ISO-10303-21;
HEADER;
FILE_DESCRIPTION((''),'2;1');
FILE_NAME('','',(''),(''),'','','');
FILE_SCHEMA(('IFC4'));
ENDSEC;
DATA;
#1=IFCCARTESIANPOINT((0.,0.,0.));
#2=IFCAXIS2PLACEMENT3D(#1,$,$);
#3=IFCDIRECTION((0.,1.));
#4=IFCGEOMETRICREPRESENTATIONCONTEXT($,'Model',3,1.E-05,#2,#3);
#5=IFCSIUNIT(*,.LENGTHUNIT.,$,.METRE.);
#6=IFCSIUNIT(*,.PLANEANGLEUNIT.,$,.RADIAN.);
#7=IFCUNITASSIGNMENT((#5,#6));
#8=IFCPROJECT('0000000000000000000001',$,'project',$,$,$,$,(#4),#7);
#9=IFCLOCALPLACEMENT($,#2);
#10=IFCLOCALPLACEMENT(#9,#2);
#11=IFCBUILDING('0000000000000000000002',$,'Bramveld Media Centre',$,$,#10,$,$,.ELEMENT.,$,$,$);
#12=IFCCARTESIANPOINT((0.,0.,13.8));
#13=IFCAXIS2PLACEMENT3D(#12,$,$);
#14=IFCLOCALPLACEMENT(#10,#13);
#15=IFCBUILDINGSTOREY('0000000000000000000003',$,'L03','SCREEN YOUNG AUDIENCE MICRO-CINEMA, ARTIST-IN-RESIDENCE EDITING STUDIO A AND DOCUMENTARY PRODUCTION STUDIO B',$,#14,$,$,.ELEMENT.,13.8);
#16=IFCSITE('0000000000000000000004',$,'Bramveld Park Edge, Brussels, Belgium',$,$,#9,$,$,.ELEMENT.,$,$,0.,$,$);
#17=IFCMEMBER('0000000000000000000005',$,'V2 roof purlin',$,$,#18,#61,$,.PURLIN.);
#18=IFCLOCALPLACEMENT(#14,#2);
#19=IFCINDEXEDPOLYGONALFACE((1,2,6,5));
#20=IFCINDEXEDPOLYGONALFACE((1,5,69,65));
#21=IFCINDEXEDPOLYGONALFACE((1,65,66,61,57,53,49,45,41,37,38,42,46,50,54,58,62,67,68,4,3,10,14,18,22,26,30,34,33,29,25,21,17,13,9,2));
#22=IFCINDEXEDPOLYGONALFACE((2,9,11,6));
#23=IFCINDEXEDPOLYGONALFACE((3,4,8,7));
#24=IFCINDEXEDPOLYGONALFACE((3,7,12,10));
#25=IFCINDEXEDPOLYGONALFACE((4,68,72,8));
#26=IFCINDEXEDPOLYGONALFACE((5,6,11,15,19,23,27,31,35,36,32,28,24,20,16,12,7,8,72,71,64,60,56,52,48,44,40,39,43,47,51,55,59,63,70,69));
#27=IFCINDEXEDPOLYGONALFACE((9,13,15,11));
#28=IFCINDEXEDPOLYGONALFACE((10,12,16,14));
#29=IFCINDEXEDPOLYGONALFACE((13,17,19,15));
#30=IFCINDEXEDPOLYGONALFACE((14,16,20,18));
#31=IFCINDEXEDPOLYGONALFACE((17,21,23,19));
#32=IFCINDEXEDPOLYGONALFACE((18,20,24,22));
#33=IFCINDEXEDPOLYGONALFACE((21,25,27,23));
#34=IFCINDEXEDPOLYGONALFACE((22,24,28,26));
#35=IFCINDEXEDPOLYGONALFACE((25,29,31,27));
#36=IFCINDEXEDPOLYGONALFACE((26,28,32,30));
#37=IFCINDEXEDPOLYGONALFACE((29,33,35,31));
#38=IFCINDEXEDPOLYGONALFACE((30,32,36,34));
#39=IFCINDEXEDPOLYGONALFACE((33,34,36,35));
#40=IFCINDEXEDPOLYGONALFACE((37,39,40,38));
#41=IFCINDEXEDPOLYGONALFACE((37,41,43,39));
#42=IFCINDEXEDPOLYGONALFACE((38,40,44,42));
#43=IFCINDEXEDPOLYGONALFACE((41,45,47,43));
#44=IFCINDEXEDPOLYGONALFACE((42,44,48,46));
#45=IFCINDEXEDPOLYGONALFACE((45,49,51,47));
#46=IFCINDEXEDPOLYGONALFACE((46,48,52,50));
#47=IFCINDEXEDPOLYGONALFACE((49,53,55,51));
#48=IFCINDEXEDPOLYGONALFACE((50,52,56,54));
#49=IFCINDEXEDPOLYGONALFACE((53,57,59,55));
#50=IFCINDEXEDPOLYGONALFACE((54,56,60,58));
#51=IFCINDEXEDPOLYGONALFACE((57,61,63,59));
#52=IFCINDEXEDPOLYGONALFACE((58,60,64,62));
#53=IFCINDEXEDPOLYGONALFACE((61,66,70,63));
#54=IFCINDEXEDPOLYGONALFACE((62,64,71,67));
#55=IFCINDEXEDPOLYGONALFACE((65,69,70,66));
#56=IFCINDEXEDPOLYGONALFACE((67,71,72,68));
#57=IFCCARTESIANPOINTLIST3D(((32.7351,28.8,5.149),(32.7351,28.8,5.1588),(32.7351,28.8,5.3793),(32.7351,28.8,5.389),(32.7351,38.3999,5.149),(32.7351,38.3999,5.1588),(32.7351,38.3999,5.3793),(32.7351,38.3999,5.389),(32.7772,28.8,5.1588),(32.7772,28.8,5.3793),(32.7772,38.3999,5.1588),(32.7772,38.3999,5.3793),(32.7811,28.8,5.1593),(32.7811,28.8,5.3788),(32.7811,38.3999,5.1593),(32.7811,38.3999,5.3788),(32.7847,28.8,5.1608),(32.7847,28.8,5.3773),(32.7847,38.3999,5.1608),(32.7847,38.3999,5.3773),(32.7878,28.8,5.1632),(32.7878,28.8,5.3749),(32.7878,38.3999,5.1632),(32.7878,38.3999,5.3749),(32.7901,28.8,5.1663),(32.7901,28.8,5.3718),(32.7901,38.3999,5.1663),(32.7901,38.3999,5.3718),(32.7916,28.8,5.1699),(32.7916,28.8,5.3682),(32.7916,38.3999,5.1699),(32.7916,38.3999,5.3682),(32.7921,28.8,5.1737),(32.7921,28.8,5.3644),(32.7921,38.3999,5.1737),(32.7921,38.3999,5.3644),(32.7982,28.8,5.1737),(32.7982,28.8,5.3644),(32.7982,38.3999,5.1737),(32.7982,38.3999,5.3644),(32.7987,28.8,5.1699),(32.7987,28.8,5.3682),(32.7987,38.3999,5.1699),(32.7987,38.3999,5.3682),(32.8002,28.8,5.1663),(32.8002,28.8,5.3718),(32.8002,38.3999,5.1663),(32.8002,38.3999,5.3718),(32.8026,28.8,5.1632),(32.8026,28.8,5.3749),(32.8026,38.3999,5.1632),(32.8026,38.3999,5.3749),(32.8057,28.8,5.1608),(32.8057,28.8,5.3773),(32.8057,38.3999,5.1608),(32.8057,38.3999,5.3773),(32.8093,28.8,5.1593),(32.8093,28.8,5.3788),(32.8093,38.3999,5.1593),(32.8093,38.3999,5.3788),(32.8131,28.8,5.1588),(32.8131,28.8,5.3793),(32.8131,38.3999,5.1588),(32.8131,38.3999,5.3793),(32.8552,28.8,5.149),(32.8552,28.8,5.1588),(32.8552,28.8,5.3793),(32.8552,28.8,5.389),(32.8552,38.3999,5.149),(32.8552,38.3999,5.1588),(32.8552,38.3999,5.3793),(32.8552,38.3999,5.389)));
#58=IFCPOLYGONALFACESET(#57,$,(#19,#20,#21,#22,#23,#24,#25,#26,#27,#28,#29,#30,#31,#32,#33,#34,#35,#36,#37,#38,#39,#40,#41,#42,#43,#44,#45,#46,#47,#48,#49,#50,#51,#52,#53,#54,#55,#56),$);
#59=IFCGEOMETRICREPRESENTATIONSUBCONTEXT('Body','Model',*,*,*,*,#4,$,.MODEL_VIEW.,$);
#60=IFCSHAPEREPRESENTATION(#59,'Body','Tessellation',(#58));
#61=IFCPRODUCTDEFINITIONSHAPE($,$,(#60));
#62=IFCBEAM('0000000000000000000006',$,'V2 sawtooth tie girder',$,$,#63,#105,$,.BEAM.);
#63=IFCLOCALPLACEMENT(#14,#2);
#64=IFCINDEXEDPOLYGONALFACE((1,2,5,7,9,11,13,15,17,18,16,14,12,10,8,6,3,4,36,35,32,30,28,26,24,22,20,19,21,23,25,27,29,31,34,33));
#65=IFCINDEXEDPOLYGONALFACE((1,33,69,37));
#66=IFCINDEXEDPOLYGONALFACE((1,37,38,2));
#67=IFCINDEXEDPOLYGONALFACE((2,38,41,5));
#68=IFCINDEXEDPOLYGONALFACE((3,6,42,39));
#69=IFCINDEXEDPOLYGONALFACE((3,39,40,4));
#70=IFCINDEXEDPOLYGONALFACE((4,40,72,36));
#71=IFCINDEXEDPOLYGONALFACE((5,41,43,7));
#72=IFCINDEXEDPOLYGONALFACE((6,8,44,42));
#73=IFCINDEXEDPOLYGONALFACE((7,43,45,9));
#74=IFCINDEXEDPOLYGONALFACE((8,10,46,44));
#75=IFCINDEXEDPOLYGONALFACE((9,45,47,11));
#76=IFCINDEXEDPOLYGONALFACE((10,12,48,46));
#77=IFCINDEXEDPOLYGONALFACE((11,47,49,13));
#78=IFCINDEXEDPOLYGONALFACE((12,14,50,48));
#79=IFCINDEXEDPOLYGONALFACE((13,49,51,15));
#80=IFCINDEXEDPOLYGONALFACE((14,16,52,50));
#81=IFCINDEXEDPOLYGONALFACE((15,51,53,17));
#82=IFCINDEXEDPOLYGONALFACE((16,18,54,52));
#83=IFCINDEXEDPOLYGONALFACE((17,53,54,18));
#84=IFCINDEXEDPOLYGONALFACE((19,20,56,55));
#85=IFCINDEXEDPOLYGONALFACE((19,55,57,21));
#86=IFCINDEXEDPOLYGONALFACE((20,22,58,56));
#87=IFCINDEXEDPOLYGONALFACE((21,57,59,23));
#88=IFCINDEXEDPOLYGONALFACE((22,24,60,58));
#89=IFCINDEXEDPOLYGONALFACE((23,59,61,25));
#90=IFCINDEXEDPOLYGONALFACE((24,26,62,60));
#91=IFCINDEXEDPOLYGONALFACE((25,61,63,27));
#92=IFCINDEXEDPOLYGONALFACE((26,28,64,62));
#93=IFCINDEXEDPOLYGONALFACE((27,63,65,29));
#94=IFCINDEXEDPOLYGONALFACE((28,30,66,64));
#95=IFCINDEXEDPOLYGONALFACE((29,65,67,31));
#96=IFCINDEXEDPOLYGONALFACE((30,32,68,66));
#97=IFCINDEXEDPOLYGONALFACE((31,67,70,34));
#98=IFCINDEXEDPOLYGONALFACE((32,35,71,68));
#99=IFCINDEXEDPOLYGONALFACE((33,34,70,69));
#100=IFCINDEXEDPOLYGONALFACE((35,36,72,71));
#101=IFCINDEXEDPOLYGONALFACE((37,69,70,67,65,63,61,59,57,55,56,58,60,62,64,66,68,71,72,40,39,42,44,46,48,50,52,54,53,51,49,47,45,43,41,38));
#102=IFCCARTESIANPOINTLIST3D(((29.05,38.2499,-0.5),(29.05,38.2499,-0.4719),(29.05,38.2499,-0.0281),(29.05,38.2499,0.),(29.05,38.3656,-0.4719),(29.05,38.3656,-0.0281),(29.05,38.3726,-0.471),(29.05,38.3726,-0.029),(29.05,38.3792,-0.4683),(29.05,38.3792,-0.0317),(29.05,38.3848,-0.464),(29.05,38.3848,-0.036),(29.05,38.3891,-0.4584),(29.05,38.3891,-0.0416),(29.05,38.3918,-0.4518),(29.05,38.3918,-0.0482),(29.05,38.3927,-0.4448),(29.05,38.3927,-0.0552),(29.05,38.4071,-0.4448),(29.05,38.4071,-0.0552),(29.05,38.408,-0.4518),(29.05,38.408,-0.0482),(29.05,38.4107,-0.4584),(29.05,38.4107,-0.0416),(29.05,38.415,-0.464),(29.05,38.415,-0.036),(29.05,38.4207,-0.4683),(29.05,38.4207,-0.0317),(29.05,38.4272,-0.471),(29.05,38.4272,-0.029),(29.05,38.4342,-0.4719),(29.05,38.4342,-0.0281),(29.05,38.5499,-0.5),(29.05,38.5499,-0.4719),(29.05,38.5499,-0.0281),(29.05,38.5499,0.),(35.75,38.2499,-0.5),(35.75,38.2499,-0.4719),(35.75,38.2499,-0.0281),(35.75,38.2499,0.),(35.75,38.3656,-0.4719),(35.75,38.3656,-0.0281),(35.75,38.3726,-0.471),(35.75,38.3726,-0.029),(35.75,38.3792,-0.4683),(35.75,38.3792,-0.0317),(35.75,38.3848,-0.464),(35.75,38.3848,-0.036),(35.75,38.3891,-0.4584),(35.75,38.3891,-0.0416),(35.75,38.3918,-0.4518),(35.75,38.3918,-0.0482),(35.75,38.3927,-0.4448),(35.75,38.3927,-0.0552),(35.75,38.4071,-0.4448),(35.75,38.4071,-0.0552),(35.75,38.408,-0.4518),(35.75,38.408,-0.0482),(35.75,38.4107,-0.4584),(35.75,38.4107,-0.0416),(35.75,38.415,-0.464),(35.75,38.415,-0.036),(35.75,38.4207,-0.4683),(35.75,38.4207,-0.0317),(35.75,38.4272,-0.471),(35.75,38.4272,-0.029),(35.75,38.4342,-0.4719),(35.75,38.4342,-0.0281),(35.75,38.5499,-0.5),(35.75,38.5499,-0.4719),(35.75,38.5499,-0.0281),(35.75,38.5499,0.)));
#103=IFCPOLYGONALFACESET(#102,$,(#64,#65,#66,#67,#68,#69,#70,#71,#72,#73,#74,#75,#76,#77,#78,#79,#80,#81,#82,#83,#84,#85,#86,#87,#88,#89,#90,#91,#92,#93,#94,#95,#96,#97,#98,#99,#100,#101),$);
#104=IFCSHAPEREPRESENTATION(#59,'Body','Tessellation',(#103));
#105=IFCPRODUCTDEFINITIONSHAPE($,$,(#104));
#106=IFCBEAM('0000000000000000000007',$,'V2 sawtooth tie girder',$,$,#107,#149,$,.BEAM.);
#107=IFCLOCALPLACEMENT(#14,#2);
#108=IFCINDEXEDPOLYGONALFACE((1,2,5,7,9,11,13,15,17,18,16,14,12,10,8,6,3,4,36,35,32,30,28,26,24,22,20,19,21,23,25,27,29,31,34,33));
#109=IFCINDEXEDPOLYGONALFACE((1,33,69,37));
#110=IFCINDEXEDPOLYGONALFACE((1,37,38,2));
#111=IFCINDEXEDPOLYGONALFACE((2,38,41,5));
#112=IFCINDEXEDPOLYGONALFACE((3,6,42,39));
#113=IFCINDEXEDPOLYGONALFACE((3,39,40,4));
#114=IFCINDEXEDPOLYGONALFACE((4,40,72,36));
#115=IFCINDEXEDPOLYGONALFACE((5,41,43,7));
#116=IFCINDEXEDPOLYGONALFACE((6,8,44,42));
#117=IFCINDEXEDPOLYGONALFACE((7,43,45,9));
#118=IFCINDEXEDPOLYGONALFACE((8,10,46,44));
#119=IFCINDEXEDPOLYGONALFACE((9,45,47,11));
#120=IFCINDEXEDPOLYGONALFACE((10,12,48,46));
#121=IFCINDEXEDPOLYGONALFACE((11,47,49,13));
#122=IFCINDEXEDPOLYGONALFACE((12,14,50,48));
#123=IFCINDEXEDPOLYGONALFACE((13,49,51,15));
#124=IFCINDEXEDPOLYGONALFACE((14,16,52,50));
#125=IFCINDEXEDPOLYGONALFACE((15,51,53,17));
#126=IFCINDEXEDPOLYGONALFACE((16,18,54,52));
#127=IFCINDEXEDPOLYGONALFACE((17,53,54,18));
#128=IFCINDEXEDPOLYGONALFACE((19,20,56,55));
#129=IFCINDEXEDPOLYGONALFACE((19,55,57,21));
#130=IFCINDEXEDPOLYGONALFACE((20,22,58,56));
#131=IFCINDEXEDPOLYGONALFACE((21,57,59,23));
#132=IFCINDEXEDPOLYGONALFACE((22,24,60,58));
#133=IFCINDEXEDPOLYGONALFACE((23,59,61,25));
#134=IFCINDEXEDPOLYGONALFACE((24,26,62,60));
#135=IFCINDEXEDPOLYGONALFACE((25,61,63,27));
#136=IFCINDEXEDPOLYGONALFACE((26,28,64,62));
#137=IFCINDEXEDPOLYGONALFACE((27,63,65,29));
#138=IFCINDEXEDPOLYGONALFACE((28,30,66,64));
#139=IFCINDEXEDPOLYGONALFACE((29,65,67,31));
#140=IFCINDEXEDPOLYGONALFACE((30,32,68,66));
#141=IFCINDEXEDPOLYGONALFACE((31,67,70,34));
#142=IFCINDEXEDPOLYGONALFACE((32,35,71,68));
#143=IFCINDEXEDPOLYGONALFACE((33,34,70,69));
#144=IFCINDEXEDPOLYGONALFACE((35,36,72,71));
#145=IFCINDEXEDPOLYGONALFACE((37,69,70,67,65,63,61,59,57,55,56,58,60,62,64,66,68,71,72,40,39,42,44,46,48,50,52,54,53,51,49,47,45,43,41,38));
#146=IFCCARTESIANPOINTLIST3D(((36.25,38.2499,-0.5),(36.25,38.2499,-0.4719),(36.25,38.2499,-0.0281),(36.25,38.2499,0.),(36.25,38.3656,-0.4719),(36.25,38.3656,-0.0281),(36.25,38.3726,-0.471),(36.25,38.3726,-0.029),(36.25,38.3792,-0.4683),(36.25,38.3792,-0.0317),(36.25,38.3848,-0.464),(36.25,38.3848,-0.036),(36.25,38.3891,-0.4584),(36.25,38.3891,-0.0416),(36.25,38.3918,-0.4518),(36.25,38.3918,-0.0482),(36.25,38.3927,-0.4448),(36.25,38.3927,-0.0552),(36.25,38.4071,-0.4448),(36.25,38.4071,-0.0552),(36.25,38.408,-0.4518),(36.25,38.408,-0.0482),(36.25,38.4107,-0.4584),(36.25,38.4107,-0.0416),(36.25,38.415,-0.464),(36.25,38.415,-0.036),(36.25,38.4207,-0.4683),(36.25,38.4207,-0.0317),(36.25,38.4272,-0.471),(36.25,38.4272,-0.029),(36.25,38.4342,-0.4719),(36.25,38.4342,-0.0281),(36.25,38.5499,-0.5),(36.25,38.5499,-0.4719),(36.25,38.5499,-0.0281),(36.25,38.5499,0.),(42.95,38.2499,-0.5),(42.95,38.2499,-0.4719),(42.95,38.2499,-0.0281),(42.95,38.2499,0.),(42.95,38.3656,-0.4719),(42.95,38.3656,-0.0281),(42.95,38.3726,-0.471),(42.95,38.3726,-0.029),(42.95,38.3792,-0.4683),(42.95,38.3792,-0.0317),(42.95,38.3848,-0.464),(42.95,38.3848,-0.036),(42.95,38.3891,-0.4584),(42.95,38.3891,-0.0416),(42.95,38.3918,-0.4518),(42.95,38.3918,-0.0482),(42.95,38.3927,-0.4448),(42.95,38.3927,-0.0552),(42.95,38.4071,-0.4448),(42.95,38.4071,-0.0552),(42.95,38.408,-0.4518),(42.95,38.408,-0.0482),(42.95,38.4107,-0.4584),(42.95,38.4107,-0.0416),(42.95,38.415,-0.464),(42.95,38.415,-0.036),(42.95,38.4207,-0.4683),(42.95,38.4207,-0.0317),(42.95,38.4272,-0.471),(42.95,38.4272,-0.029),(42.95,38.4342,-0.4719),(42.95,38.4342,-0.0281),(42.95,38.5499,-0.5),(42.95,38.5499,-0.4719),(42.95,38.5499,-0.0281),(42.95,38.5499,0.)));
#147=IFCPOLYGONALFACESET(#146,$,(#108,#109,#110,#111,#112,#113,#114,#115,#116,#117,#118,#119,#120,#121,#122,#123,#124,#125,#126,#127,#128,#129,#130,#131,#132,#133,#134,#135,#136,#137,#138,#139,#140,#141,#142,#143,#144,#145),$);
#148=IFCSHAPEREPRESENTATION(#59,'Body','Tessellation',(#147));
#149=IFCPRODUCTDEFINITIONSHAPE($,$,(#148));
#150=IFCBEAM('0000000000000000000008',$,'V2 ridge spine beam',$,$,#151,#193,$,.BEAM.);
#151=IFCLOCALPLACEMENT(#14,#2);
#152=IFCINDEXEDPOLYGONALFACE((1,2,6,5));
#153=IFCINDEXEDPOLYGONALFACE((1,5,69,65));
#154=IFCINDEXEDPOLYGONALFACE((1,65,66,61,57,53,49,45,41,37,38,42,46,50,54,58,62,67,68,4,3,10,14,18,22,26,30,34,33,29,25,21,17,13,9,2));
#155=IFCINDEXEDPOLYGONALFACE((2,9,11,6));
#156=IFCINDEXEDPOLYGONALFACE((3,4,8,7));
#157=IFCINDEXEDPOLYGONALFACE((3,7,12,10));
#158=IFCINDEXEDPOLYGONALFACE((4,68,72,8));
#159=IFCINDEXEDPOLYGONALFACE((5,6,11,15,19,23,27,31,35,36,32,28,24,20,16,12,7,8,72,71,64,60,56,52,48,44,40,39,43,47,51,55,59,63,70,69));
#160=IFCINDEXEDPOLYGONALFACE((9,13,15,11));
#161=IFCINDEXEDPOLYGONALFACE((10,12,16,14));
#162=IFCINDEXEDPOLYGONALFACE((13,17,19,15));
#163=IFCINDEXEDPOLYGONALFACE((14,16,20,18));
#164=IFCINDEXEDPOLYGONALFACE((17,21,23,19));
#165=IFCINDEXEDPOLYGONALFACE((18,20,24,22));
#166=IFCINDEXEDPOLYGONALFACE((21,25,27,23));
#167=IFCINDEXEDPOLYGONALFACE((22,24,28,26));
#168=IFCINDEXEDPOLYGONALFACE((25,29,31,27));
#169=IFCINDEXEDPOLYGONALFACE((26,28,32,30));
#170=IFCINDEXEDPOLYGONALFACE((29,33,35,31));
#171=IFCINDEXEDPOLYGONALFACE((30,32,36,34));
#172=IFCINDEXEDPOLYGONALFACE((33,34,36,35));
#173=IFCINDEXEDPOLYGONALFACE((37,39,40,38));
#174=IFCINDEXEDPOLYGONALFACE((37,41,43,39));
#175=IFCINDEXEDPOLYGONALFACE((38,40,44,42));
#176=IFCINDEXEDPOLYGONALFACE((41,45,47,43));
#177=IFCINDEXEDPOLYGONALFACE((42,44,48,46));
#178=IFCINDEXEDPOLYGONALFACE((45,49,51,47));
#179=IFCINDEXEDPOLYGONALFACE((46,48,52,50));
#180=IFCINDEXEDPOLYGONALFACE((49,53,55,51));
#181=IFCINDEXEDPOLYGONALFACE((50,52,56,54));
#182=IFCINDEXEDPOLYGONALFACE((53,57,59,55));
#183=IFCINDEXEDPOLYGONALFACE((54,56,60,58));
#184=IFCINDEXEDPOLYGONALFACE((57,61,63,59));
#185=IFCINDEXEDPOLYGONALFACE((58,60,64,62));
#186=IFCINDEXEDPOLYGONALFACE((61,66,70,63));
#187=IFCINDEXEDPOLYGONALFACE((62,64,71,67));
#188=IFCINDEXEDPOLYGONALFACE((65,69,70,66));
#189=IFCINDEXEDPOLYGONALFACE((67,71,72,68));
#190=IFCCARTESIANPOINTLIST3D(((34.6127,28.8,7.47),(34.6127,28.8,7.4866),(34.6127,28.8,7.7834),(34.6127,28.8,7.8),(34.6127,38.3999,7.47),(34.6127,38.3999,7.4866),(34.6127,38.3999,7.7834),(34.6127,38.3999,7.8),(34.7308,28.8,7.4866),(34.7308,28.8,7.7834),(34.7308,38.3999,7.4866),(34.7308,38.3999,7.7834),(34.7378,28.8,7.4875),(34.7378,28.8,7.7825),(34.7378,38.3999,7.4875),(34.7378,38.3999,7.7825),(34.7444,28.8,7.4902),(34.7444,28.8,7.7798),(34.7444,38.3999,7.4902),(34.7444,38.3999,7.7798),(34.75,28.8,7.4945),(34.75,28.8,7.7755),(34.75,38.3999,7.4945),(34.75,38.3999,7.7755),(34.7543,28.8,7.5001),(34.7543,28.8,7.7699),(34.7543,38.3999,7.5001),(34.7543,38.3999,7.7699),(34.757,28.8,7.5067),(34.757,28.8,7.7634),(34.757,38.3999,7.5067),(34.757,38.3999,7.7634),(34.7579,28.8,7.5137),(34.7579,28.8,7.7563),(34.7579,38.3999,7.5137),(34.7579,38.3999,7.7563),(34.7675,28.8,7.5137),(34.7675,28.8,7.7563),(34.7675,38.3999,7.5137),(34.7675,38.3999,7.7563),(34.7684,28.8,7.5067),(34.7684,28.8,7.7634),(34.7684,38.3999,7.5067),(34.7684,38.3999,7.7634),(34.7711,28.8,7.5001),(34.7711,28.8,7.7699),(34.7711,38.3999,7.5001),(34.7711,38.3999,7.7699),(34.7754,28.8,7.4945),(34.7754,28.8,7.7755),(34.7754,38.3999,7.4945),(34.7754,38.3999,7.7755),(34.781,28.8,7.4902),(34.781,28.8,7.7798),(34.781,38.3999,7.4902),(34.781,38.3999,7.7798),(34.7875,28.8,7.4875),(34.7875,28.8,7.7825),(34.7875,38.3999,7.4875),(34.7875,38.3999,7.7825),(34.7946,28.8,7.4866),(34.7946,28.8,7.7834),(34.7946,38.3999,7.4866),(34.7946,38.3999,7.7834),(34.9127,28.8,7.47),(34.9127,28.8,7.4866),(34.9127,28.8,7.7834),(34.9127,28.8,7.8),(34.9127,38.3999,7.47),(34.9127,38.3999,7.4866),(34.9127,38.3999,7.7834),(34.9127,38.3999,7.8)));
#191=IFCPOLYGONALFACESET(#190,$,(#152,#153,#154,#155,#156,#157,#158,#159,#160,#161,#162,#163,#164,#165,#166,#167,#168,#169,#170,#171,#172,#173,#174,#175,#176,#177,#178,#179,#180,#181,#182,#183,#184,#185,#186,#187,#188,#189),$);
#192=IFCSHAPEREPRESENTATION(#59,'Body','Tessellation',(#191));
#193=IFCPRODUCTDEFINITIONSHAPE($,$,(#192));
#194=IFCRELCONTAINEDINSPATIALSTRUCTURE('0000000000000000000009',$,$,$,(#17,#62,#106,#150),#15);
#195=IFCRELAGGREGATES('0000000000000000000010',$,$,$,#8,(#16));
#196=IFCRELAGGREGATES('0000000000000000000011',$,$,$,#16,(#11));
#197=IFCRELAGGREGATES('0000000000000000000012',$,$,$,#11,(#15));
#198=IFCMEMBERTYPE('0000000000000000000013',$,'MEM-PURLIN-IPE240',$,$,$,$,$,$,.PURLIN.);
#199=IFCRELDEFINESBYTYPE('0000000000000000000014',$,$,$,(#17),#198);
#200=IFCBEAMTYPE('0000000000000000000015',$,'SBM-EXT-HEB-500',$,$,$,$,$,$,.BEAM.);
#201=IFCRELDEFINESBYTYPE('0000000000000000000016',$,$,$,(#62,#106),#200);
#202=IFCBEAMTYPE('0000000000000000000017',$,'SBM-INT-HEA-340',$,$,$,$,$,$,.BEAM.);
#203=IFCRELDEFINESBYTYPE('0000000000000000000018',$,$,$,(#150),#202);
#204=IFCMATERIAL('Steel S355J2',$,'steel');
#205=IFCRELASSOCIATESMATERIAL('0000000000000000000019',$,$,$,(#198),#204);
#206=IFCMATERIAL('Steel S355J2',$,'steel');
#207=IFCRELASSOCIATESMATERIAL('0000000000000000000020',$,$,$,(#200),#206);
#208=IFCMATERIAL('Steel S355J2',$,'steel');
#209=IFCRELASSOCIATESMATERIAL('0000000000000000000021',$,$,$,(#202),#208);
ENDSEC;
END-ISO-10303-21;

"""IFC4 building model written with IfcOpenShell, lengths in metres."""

from ifc_helpers import new_model, si_unit, direction, frame, origin, origin_2d, place, context, subcontext, project, spatial, i_section, extrude, material, material_profile, profile_set, type_object, element, save


model = new_model("IFC4")

# Units and contexts
model_context = context("Model", 3, precision=1e-05, world=origin(), true_north=direction((0.0, 1.0)))
body_context = subcontext(model_context, "Body", "Model", "MODEL_VIEW")
ifc_project = project(units=[si_unit("LENGTHUNIT", "METRE"), si_unit("PLANEANGLEUNIT", "RADIAN")], contexts=[model_context])

# Site, building, storey
site_placement = place(None, origin())
site = spatial("IfcSite", under=ifc_project, at=site_placement, Name="Bramveld Park Edge, Brussels, Belgium", CompositionType="ELEMENT", RefElevation=0.0)
building_placement = place(site_placement, origin())
building = spatial("IfcBuilding", under=site, at=building_placement, Name="Bramveld Media Centre", CompositionType="ELEMENT")
storey_placement = place(building_placement, frame((0.0, 0.0, 13.8)))
storey = spatial("IfcBuildingStorey", under=building, at=storey_placement, Name="L03", Description="SCREEN YOUNG AUDIENCE MICRO-CINEMA, ARTIST-IN-RESIDENCE EDITING STUDIO A AND DOCUMENTARY PRODUCTION STUDIO B", CompositionType="ELEMENT", Elevation=13.8)

# Member
ifc_material_1 = material(Name="Steel S355J2", Category="steel")
ifc_material_profile_1 = material_profile(ifc_material_1, i_section(OverallWidth=0.1201, OverallDepth=0.24, WebThickness=0.0061, FlangeThickness=0.0098, FilletRadius=0.0149, at=origin_2d()), Name="IPE 240")
ifc_profile_set_1 = profile_set([ifc_material_profile_1], Name="Steel S355J2")
member_type_1 = type_object("IfcMemberType", Name="MEM-PURLIN-IPE240", PredefinedType="PURLIN", material=ifc_profile_set_1)
member_1_placement = place(storey_placement, frame((32.7952, 28.8, 5.269), z_axis=(0.0, 1.0, 0.0), x_axis=(-1.0, 0.0, 0.0)))
element("IfcMember", 1, at=member_1_placement, inside=storey, type_object=member_type_1, Name="V2 roof purlin", PredefinedType="PURLIN", context=body_context, shape_type="SweptSolid", body=[
    extrude(i_section(OverallWidth=0.1201, OverallDepth=0.24, WebThickness=0.0061, FlangeThickness=0.0098, FilletRadius=0.0149, at=origin_2d()), origin(), (0.0, 0.0, 1.0), 9.5999),
])

# Beams
ifc_material_2 = material(Name="Steel S355J2", Category="steel")
ifc_material_profile_2 = material_profile(ifc_material_2, i_section(OverallWidth=0.3, OverallDepth=0.5, WebThickness=0.0144, FlangeThickness=0.0281, FilletRadius=0.0271, at=origin_2d()), Name="HEB 500")
ifc_profile_set_2 = profile_set([ifc_material_profile_2], Name="Steel S355J2")
beam_type_1 = type_object("IfcBeamType", Name="SBM-EXT-HEB-500", PredefinedType="BEAM", material=ifc_profile_set_2)
for number, where, z_axis, x_axis, name in (
    (2, (29.05, 38.3999, -0.25), (1.0, 0.0, 0.0), (0.0, 1.0, 0.0), "V2 sawtooth tie girder"),
    (3, (36.25, 38.3999, -0.25), (1.0, 0.0, 0.0), (0.0, 1.0, 0.0), "V2 sawtooth tie girder"),
):
    element("IfcBeam", number, at=place(storey_placement, frame(where, z_axis=z_axis, x_axis=x_axis)), inside=storey, type_object=beam_type_1, Name=name, PredefinedType="BEAM", context=body_context, shape_type="SweptSolid", body=[
        extrude(i_section(OverallWidth=0.3, OverallDepth=0.5, WebThickness=0.0144, FlangeThickness=0.0281, FilletRadius=0.0271, at=origin_2d()), origin(), (0.0, 0.0, 1.0), 6.7),
    ])
ifc_material_3 = material(Name="Steel S355J2", Category="steel")
ifc_material_profile_3 = material_profile(ifc_material_3, i_section(OverallWidth=0.3, OverallDepth=0.3301, WebThickness=0.0095, FlangeThickness=0.0166, FilletRadius=0.0271, at=origin_2d()), Name="HEA 340")
ifc_profile_set_3 = profile_set([ifc_material_profile_3], Name="Steel S355J2")
beam_type_2 = type_object("IfcBeamType", Name="SBM-INT-HEA-340", PredefinedType="BEAM", material=ifc_profile_set_3)
beam_1_placement = place(storey_placement, frame((34.7627, 28.8, 7.635), z_axis=(0.0, 1.0, 0.0), x_axis=(-1.0, 0.0, 0.0)))
element("IfcBeam", 4, at=beam_1_placement, inside=storey, type_object=beam_type_2, Name="V2 ridge spine beam", PredefinedType="BEAM", context=body_context, shape_type="SweptSolid", body=[
    extrude(i_section(OverallWidth=0.3, OverallDepth=0.3301, WebThickness=0.0095, FlangeThickness=0.0166, FilletRadius=0.0271, at=origin_2d()), origin(), (0.0, 0.0, 1.0), 9.5999),
])

save(model, "model.ifc")
